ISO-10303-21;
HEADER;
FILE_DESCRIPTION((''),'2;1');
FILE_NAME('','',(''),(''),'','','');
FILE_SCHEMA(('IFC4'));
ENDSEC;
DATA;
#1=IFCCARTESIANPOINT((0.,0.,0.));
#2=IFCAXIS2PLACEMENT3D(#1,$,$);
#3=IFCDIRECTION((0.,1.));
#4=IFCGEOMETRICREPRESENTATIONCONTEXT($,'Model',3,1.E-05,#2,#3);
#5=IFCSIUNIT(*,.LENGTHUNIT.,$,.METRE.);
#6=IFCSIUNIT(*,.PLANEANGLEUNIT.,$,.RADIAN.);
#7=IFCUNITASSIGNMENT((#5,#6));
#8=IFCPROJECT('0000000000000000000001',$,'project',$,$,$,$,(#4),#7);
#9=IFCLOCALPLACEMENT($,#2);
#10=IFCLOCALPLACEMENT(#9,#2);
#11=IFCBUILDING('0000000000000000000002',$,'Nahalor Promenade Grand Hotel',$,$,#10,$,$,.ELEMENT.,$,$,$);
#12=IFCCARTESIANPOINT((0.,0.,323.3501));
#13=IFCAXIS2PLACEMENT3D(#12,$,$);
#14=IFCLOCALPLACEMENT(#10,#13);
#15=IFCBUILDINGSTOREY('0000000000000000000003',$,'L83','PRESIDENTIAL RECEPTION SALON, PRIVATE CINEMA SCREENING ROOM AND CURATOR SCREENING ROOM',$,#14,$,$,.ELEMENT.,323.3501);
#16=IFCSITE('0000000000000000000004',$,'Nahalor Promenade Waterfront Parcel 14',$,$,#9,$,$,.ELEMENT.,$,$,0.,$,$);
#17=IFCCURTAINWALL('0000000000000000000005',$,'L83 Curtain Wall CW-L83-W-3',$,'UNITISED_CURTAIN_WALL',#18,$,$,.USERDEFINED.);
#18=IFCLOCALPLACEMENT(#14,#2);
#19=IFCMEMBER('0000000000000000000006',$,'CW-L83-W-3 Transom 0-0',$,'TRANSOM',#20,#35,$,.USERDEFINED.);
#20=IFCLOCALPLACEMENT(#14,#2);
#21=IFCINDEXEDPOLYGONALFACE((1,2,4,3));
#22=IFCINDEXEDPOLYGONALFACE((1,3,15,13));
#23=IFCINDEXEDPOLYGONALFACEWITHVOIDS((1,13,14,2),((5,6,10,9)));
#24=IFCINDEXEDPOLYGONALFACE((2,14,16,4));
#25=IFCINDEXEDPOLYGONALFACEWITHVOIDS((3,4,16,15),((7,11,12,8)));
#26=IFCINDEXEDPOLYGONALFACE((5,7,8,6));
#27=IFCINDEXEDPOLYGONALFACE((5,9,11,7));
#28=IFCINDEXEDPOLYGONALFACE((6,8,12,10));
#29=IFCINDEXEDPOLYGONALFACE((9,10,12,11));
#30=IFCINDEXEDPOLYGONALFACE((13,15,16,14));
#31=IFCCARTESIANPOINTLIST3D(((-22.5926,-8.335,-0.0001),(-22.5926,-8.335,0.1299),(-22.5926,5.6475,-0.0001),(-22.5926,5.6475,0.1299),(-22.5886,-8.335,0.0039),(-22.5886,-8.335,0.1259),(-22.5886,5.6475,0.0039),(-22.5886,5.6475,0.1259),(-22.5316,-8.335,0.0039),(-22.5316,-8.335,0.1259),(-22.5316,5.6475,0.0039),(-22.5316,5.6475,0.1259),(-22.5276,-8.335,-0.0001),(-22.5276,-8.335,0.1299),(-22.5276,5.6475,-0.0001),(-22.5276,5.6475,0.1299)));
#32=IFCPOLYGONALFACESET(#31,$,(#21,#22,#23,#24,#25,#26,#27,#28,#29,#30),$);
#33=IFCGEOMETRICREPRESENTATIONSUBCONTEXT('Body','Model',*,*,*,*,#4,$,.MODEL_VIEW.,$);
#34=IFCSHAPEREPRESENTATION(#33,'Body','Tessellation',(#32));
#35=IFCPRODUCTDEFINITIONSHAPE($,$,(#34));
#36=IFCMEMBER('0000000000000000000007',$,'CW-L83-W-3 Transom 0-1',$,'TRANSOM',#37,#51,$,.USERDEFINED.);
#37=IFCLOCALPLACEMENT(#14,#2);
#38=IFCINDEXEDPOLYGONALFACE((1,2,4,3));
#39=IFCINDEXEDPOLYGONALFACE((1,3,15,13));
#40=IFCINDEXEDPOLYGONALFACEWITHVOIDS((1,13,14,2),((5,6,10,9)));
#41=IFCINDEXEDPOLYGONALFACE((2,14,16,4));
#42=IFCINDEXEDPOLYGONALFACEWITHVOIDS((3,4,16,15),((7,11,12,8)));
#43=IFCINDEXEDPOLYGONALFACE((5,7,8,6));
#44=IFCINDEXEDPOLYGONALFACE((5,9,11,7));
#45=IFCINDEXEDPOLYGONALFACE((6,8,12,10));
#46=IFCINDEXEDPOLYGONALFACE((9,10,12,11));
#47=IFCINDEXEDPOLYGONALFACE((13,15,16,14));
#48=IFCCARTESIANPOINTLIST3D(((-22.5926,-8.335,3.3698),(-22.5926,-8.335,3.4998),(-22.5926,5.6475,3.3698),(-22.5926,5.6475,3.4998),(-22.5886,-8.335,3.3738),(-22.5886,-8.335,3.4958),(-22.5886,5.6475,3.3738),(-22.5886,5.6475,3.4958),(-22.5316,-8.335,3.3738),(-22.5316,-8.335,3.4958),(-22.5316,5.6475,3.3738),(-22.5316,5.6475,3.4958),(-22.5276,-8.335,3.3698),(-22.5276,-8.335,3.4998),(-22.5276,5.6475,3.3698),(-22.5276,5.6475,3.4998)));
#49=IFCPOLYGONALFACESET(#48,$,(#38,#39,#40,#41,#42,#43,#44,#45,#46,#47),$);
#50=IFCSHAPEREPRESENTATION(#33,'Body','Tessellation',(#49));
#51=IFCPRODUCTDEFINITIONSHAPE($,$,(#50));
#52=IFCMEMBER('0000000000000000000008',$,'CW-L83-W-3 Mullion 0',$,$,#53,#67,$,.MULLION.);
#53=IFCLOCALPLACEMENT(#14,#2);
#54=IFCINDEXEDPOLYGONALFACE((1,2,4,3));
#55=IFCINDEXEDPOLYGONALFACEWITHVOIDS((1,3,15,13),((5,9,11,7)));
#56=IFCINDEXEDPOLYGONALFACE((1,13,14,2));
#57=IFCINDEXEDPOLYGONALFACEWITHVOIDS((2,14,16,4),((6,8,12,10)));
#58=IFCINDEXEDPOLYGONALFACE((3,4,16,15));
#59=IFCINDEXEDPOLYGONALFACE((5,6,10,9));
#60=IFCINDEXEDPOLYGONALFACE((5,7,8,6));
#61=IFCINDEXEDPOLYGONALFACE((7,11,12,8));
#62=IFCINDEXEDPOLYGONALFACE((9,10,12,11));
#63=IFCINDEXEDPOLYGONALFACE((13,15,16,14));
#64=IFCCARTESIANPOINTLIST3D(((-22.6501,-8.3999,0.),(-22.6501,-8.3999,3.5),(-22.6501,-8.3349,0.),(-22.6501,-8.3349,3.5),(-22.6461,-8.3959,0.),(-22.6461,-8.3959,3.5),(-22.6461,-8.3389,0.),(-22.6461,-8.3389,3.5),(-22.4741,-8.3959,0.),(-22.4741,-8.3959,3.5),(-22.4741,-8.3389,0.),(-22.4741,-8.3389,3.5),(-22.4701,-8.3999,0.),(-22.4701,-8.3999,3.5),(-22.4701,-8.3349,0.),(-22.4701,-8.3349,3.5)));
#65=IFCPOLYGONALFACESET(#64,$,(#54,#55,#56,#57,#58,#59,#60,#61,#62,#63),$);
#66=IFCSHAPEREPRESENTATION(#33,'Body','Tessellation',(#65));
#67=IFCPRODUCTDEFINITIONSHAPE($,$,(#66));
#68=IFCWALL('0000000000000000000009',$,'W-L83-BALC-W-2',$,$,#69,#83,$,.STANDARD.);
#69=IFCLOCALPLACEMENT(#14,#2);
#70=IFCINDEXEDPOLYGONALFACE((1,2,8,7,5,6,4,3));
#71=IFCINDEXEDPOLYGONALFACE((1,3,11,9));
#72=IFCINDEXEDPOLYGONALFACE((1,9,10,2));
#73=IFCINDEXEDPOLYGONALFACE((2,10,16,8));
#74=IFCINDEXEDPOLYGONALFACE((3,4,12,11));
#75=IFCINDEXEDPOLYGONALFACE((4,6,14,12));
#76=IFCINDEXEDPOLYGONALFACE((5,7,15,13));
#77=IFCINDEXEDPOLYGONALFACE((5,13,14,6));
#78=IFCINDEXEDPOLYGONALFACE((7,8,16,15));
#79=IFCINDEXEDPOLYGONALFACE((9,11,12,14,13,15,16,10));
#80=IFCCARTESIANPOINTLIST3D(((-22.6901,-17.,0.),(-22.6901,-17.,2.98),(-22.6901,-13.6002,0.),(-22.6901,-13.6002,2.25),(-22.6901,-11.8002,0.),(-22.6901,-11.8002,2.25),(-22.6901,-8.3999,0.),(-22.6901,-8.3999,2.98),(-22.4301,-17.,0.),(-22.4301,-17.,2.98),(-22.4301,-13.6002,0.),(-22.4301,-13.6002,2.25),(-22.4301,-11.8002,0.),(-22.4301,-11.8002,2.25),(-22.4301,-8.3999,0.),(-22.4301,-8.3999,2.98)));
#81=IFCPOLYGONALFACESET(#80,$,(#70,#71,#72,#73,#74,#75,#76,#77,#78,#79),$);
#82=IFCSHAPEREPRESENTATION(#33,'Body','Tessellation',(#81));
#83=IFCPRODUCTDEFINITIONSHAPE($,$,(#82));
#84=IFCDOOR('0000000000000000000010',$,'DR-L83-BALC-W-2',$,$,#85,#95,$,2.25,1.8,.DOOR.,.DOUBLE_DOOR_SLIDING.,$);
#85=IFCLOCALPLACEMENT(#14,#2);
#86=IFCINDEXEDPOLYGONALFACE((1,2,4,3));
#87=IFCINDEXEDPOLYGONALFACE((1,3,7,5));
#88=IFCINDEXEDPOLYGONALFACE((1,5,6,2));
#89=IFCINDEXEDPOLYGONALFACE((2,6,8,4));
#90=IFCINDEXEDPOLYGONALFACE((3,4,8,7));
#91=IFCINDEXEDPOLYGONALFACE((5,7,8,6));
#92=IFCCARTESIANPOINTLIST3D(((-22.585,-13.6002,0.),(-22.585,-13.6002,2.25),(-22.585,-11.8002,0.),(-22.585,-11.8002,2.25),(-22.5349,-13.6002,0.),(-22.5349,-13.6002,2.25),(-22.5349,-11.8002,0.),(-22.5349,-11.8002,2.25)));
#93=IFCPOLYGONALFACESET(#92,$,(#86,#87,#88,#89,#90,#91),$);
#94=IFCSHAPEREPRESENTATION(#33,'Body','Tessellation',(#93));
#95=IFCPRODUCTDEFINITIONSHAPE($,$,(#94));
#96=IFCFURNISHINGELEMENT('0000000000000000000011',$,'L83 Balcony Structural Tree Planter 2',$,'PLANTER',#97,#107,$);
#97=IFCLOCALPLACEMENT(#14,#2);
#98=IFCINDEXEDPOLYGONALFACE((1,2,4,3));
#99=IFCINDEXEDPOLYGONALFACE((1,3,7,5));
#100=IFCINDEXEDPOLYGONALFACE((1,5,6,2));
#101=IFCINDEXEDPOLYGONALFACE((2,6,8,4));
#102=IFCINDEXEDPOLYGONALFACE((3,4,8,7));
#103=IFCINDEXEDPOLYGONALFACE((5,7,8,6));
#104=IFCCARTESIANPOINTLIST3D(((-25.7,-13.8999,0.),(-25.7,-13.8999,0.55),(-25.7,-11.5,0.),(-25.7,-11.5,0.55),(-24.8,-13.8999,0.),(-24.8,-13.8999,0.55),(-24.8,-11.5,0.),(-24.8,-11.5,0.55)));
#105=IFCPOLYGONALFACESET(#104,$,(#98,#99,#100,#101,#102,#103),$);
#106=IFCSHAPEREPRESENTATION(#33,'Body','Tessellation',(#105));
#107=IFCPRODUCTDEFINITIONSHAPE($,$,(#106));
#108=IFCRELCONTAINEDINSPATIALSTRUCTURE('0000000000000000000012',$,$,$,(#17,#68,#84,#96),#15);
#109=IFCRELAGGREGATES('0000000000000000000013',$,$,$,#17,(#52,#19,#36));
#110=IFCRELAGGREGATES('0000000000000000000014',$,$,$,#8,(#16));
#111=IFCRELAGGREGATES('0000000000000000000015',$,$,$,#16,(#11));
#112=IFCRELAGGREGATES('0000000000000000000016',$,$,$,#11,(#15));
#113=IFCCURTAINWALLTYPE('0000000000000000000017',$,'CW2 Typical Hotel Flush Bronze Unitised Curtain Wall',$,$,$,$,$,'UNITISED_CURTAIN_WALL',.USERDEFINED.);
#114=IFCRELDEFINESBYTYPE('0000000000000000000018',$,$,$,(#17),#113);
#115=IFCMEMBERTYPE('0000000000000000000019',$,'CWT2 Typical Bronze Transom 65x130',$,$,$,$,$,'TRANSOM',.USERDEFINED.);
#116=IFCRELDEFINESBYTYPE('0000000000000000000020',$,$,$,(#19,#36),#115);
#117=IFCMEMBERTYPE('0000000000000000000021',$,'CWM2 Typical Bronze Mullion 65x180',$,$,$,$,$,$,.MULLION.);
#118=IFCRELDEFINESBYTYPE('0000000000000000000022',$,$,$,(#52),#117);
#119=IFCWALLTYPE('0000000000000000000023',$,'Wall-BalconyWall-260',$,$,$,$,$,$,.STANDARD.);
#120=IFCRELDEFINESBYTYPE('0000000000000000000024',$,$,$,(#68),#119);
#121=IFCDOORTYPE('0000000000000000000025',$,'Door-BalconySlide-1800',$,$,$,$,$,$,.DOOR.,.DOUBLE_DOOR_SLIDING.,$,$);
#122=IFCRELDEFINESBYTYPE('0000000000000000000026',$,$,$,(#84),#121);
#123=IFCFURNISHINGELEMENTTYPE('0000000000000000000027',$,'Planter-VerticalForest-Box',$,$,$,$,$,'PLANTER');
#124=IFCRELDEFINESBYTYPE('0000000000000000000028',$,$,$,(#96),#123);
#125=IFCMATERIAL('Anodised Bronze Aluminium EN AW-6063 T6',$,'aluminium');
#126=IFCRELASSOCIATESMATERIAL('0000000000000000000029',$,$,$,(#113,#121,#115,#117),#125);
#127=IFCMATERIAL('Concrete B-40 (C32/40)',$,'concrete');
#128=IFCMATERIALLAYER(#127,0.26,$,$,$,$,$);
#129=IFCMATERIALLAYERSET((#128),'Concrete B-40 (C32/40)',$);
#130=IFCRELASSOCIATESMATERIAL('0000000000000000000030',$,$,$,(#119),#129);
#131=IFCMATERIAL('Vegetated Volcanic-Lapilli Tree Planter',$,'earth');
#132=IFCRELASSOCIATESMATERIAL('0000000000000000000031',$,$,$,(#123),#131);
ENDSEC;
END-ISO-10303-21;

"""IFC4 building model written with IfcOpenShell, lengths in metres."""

from ifc_helpers import new_model, si_unit, direction, frame, frame_2d, origin, origin_2d, place, context, subcontext, project, spatial, rectangle, hollow_rectangle, extrude, source, transform, mapped, material, layer, layer_set, material_profile, profile_set, type_object, element, fill, aggregate, save


model = new_model("IFC4")

# Units and contexts
model_context = context("Model", 3, precision=1e-05, world=origin(), true_north=direction((0.0, 1.0)))
body_context = subcontext(model_context, "Body", "Model", "MODEL_VIEW")
ifc_project = project(units=[si_unit("LENGTHUNIT", "METRE"), si_unit("PLANEANGLEUNIT", "RADIAN")], contexts=[model_context])

# Site, building, storey
site_placement = place(None, origin())
site = spatial("IfcSite", under=ifc_project, at=site_placement, Name="Nahalor Promenade Waterfront Parcel 14", CompositionType="ELEMENT", RefElevation=0.0)
building_placement = place(site_placement, origin())
building = spatial("IfcBuilding", under=site, at=building_placement, Name="Nahalor Promenade Grand Hotel", CompositionType="ELEMENT")
storey_placement = place(building_placement, frame((0.0, 0.0, 323.3501)))
storey = spatial("IfcBuildingStorey", under=building, at=storey_placement, Name="L83", Description="PRESIDENTIAL RECEPTION SALON, PRIVATE CINEMA SCREENING ROOM AND CURATOR SCREENING ROOM", CompositionType="ELEMENT", Elevation=323.3501)

# Curtain wall, members
ifc_material_1 = material(Name="Anodised Bronze Aluminium EN AW-6063 T6", Category="aluminium")
curtain_wall_type = type_object("IfcCurtainWallType", Name="CW2 Typical Hotel Flush Bronze Unitised Curtain Wall", ElementType="UNITISED_CURTAIN_WALL", PredefinedType="USERDEFINED", material=ifc_material_1)
curtain_wall_placement = place(storey_placement, origin())
curtain_wall = element("IfcCurtainWall", 1, at=curtain_wall_placement, inside=storey, type_object=curtain_wall_type, Name="L83 Curtain Wall CW-L83-W-3", ObjectType="UNITISED_CURTAIN_WALL", PredefinedType="USERDEFINED")
ifc_material_profile_1 = material_profile(ifc_material_1, hollow_rectangle(XDim=0.065, YDim=0.13, WallThickness=0.004, at=origin_2d()), Name="CWT 65x130x4")
ifc_profile_set_1 = profile_set([ifc_material_profile_1], Name="Anodised Bronze Aluminium EN AW-6063 T6")
member_type_1 = type_object("IfcMemberType", Name="CWT2 Typical Bronze Transom 65x130", ElementType="TRANSOM", PredefinedType="USERDEFINED", material=ifc_profile_set_1)
shared_shape_1 = source(origin(), body_context, "Body", "SweptSolid", [
    extrude(hollow_rectangle(XDim=0.065, YDim=0.13, WallThickness=0.004, at=origin_2d()), origin(), (0.0, 0.0, 1.0), 13.9824),
])
member_1_placement = place(storey_placement, frame((-22.5601, -8.335, 0.0649), z_axis=(0.0, 1.0, 0.0), x_axis=(-1.0, 0.0, 0.0)))
member_1 = element("IfcMember", 2, at=member_1_placement, type_object=member_type_1, Name="CW-L83-W-3 Transom 0-0", ObjectType="TRANSOM", PredefinedType="USERDEFINED", context=body_context, shape_type="MappedRepresentation", body=[
    mapped(shared_shape_1, transform((0.0, 0.0, 0.0), scale=1.0)),
])
member_2_placement = place(storey_placement, frame((-22.5601, -8.335, 3.4348), z_axis=(0.0, 1.0, 0.0), x_axis=(-1.0, 0.0, 0.0)))
member_2 = element("IfcMember", 3, at=member_2_placement, type_object=member_type_1, Name="CW-L83-W-3 Transom 0-1", ObjectType="TRANSOM", PredefinedType="USERDEFINED", context=body_context, shape_type="MappedRepresentation", body=[
    mapped(shared_shape_1, transform((0.0, 0.0, 0.0), scale=1.0)),
])
ifc_material_profile_2 = material_profile(ifc_material_1, hollow_rectangle(XDim=0.065, YDim=0.18, WallThickness=0.004, at=origin_2d()), Name="CWM 65x180x4")
ifc_profile_set_2 = profile_set([ifc_material_profile_2], Name="Anodised Bronze Aluminium EN AW-6063 T6")
member_type_2 = type_object("IfcMemberType", Name="CWM2 Typical Bronze Mullion 65x180", PredefinedType="MULLION", material=ifc_profile_set_2)
shared_shape_2 = source(origin(), body_context, "Body", "SweptSolid", [
    extrude(hollow_rectangle(XDim=0.065, YDim=0.18, WallThickness=0.004, at=origin_2d()), origin(), (0.0, 0.0, 1.0), 3.5),
])
member_3_placement = place(storey_placement, frame((-22.5601, -8.3674, 0.0), z_axis=(0.0, 0.0, 1.0), x_axis=(0.0, 1.0, 0.0)))
member_3 = element("IfcMember", 4, at=member_3_placement, type_object=member_type_2, Name="CW-L83-W-3 Mullion 0", PredefinedType="MULLION", context=body_context, shape_type="MappedRepresentation", body=[
    mapped(shared_shape_2, transform((0.0, 0.0, 0.0), scale=1.0)),
])
aggregate(curtain_wall, [member_3, member_1, member_2])

# Wall, opening, door
ifc_material_2 = material(Name="Concrete B-40 (C32/40)", Category="concrete")
ifc_layer = layer(ifc_material_2, 0.26)
ifc_layer_set = layer_set([ifc_layer], Name="Concrete B-40 (C32/40)")
wall_type = type_object("IfcWallType", Name="Wall-BalconyWall-260", PredefinedType="STANDARD", material=ifc_layer_set)
shared_shape_3 = source(origin(), body_context, "Body", "SweptSolid", [
    extrude(rectangle(XDim=8.6001, YDim=0.26, at=frame_2d((4.3, 0.0))), origin(), (0.0, 0.0, 1.0), 2.98),
])
wall_placement = place(storey_placement, frame((-22.5601, -17.0, 0.0), z_axis=(0.0, 0.0, 1.0), x_axis=(0.0, 1.0, 0.0)))
wall = element("IfcWall", 5, at=wall_placement, inside=storey, type_object=wall_type, Name="W-L83-BALC-W-2", PredefinedType="STANDARD", context=body_context, shape_type="MappedRepresentation", body=[
    mapped(shared_shape_3, transform((0.0, 0.0, 0.0), scale=1.0)),
])
opening_placement = place(wall_placement, frame((3.3999, 0.0, 0.0)))
opening = element("IfcOpeningElement", 6, at=opening_placement, cuts=wall, PredefinedType="OPENING", context=body_context, shape_type="SweptSolid", body=[
    extrude(rectangle(XDim=1.8, YDim=2.25, at=frame_2d((0.8999, 1.125))), frame((0.0, 0.1399, 0.0), z_axis=(0.0, -1.0, 0.0), x_axis=(1.0, 0.0, 0.0)), (0.0, 0.0, 1.0), 0.28),
])
door_type = type_object("IfcDoorType", Name="Door-BalconySlide-1800", OperationType="DOUBLE_DOOR_SLIDING", PredefinedType="DOOR", material=ifc_material_1)
shared_shape_4 = source(origin(), body_context, "Body", "SweptSolid", [
    extrude(rectangle(XDim=1.8, YDim=2.25, at=frame_2d((0.8999, 1.125))), frame((0.0, 0.0249, 0.0), z_axis=(0.0, -1.0, 0.0), x_axis=(1.0, 0.0, 0.0)), (0.0, 0.0, 1.0), 0.05),
])
door_placement = place(opening_placement, origin())
door = element("IfcDoor", 7, at=door_placement, inside=storey, type_object=door_type, Name="DR-L83-BALC-W-2", OperationType="DOUBLE_DOOR_SLIDING", OverallHeight=2.25, OverallWidth=1.8, PredefinedType="DOOR", context=body_context, shape_type="MappedRepresentation", body=[
    mapped(shared_shape_4, transform((0.0, 0.0, 0.0), scale=1.0)),
])
fill(opening, door)

# Furnishing element
ifc_material_3 = material(Name="Vegetated Volcanic-Lapilli Tree Planter", Category="earth")
furnishing_element_type = type_object("IfcFurnishingElementType", Name="Planter-VerticalForest-Box", ElementType="PLANTER", material=ifc_material_3)
shared_shape_5 = source(origin(), body_context, "Body", "SweptSolid", [
    extrude(rectangle(XDim=2.3999, YDim=0.8999, at=origin_2d()), origin(), (0.0, 0.0, 1.0), 0.55),
])
furnishing_placement = place(storey_placement, frame((-25.25, -12.7, 0.0), z_axis=(0.0, 0.0, 1.0), x_axis=(0.0, 1.0, 0.0)))
element("IfcFurnishingElement", 8, at=furnishing_placement, inside=storey, type_object=furnishing_element_type, Name="L83 Balcony Structural Tree Planter 2", ObjectType="PLANTER", context=body_context, shape_type="MappedRepresentation", body=[
    mapped(shared_shape_5, transform((0.0, 0.0, 0.0), scale=1.0)),
])

save(model, "model.ifc")
